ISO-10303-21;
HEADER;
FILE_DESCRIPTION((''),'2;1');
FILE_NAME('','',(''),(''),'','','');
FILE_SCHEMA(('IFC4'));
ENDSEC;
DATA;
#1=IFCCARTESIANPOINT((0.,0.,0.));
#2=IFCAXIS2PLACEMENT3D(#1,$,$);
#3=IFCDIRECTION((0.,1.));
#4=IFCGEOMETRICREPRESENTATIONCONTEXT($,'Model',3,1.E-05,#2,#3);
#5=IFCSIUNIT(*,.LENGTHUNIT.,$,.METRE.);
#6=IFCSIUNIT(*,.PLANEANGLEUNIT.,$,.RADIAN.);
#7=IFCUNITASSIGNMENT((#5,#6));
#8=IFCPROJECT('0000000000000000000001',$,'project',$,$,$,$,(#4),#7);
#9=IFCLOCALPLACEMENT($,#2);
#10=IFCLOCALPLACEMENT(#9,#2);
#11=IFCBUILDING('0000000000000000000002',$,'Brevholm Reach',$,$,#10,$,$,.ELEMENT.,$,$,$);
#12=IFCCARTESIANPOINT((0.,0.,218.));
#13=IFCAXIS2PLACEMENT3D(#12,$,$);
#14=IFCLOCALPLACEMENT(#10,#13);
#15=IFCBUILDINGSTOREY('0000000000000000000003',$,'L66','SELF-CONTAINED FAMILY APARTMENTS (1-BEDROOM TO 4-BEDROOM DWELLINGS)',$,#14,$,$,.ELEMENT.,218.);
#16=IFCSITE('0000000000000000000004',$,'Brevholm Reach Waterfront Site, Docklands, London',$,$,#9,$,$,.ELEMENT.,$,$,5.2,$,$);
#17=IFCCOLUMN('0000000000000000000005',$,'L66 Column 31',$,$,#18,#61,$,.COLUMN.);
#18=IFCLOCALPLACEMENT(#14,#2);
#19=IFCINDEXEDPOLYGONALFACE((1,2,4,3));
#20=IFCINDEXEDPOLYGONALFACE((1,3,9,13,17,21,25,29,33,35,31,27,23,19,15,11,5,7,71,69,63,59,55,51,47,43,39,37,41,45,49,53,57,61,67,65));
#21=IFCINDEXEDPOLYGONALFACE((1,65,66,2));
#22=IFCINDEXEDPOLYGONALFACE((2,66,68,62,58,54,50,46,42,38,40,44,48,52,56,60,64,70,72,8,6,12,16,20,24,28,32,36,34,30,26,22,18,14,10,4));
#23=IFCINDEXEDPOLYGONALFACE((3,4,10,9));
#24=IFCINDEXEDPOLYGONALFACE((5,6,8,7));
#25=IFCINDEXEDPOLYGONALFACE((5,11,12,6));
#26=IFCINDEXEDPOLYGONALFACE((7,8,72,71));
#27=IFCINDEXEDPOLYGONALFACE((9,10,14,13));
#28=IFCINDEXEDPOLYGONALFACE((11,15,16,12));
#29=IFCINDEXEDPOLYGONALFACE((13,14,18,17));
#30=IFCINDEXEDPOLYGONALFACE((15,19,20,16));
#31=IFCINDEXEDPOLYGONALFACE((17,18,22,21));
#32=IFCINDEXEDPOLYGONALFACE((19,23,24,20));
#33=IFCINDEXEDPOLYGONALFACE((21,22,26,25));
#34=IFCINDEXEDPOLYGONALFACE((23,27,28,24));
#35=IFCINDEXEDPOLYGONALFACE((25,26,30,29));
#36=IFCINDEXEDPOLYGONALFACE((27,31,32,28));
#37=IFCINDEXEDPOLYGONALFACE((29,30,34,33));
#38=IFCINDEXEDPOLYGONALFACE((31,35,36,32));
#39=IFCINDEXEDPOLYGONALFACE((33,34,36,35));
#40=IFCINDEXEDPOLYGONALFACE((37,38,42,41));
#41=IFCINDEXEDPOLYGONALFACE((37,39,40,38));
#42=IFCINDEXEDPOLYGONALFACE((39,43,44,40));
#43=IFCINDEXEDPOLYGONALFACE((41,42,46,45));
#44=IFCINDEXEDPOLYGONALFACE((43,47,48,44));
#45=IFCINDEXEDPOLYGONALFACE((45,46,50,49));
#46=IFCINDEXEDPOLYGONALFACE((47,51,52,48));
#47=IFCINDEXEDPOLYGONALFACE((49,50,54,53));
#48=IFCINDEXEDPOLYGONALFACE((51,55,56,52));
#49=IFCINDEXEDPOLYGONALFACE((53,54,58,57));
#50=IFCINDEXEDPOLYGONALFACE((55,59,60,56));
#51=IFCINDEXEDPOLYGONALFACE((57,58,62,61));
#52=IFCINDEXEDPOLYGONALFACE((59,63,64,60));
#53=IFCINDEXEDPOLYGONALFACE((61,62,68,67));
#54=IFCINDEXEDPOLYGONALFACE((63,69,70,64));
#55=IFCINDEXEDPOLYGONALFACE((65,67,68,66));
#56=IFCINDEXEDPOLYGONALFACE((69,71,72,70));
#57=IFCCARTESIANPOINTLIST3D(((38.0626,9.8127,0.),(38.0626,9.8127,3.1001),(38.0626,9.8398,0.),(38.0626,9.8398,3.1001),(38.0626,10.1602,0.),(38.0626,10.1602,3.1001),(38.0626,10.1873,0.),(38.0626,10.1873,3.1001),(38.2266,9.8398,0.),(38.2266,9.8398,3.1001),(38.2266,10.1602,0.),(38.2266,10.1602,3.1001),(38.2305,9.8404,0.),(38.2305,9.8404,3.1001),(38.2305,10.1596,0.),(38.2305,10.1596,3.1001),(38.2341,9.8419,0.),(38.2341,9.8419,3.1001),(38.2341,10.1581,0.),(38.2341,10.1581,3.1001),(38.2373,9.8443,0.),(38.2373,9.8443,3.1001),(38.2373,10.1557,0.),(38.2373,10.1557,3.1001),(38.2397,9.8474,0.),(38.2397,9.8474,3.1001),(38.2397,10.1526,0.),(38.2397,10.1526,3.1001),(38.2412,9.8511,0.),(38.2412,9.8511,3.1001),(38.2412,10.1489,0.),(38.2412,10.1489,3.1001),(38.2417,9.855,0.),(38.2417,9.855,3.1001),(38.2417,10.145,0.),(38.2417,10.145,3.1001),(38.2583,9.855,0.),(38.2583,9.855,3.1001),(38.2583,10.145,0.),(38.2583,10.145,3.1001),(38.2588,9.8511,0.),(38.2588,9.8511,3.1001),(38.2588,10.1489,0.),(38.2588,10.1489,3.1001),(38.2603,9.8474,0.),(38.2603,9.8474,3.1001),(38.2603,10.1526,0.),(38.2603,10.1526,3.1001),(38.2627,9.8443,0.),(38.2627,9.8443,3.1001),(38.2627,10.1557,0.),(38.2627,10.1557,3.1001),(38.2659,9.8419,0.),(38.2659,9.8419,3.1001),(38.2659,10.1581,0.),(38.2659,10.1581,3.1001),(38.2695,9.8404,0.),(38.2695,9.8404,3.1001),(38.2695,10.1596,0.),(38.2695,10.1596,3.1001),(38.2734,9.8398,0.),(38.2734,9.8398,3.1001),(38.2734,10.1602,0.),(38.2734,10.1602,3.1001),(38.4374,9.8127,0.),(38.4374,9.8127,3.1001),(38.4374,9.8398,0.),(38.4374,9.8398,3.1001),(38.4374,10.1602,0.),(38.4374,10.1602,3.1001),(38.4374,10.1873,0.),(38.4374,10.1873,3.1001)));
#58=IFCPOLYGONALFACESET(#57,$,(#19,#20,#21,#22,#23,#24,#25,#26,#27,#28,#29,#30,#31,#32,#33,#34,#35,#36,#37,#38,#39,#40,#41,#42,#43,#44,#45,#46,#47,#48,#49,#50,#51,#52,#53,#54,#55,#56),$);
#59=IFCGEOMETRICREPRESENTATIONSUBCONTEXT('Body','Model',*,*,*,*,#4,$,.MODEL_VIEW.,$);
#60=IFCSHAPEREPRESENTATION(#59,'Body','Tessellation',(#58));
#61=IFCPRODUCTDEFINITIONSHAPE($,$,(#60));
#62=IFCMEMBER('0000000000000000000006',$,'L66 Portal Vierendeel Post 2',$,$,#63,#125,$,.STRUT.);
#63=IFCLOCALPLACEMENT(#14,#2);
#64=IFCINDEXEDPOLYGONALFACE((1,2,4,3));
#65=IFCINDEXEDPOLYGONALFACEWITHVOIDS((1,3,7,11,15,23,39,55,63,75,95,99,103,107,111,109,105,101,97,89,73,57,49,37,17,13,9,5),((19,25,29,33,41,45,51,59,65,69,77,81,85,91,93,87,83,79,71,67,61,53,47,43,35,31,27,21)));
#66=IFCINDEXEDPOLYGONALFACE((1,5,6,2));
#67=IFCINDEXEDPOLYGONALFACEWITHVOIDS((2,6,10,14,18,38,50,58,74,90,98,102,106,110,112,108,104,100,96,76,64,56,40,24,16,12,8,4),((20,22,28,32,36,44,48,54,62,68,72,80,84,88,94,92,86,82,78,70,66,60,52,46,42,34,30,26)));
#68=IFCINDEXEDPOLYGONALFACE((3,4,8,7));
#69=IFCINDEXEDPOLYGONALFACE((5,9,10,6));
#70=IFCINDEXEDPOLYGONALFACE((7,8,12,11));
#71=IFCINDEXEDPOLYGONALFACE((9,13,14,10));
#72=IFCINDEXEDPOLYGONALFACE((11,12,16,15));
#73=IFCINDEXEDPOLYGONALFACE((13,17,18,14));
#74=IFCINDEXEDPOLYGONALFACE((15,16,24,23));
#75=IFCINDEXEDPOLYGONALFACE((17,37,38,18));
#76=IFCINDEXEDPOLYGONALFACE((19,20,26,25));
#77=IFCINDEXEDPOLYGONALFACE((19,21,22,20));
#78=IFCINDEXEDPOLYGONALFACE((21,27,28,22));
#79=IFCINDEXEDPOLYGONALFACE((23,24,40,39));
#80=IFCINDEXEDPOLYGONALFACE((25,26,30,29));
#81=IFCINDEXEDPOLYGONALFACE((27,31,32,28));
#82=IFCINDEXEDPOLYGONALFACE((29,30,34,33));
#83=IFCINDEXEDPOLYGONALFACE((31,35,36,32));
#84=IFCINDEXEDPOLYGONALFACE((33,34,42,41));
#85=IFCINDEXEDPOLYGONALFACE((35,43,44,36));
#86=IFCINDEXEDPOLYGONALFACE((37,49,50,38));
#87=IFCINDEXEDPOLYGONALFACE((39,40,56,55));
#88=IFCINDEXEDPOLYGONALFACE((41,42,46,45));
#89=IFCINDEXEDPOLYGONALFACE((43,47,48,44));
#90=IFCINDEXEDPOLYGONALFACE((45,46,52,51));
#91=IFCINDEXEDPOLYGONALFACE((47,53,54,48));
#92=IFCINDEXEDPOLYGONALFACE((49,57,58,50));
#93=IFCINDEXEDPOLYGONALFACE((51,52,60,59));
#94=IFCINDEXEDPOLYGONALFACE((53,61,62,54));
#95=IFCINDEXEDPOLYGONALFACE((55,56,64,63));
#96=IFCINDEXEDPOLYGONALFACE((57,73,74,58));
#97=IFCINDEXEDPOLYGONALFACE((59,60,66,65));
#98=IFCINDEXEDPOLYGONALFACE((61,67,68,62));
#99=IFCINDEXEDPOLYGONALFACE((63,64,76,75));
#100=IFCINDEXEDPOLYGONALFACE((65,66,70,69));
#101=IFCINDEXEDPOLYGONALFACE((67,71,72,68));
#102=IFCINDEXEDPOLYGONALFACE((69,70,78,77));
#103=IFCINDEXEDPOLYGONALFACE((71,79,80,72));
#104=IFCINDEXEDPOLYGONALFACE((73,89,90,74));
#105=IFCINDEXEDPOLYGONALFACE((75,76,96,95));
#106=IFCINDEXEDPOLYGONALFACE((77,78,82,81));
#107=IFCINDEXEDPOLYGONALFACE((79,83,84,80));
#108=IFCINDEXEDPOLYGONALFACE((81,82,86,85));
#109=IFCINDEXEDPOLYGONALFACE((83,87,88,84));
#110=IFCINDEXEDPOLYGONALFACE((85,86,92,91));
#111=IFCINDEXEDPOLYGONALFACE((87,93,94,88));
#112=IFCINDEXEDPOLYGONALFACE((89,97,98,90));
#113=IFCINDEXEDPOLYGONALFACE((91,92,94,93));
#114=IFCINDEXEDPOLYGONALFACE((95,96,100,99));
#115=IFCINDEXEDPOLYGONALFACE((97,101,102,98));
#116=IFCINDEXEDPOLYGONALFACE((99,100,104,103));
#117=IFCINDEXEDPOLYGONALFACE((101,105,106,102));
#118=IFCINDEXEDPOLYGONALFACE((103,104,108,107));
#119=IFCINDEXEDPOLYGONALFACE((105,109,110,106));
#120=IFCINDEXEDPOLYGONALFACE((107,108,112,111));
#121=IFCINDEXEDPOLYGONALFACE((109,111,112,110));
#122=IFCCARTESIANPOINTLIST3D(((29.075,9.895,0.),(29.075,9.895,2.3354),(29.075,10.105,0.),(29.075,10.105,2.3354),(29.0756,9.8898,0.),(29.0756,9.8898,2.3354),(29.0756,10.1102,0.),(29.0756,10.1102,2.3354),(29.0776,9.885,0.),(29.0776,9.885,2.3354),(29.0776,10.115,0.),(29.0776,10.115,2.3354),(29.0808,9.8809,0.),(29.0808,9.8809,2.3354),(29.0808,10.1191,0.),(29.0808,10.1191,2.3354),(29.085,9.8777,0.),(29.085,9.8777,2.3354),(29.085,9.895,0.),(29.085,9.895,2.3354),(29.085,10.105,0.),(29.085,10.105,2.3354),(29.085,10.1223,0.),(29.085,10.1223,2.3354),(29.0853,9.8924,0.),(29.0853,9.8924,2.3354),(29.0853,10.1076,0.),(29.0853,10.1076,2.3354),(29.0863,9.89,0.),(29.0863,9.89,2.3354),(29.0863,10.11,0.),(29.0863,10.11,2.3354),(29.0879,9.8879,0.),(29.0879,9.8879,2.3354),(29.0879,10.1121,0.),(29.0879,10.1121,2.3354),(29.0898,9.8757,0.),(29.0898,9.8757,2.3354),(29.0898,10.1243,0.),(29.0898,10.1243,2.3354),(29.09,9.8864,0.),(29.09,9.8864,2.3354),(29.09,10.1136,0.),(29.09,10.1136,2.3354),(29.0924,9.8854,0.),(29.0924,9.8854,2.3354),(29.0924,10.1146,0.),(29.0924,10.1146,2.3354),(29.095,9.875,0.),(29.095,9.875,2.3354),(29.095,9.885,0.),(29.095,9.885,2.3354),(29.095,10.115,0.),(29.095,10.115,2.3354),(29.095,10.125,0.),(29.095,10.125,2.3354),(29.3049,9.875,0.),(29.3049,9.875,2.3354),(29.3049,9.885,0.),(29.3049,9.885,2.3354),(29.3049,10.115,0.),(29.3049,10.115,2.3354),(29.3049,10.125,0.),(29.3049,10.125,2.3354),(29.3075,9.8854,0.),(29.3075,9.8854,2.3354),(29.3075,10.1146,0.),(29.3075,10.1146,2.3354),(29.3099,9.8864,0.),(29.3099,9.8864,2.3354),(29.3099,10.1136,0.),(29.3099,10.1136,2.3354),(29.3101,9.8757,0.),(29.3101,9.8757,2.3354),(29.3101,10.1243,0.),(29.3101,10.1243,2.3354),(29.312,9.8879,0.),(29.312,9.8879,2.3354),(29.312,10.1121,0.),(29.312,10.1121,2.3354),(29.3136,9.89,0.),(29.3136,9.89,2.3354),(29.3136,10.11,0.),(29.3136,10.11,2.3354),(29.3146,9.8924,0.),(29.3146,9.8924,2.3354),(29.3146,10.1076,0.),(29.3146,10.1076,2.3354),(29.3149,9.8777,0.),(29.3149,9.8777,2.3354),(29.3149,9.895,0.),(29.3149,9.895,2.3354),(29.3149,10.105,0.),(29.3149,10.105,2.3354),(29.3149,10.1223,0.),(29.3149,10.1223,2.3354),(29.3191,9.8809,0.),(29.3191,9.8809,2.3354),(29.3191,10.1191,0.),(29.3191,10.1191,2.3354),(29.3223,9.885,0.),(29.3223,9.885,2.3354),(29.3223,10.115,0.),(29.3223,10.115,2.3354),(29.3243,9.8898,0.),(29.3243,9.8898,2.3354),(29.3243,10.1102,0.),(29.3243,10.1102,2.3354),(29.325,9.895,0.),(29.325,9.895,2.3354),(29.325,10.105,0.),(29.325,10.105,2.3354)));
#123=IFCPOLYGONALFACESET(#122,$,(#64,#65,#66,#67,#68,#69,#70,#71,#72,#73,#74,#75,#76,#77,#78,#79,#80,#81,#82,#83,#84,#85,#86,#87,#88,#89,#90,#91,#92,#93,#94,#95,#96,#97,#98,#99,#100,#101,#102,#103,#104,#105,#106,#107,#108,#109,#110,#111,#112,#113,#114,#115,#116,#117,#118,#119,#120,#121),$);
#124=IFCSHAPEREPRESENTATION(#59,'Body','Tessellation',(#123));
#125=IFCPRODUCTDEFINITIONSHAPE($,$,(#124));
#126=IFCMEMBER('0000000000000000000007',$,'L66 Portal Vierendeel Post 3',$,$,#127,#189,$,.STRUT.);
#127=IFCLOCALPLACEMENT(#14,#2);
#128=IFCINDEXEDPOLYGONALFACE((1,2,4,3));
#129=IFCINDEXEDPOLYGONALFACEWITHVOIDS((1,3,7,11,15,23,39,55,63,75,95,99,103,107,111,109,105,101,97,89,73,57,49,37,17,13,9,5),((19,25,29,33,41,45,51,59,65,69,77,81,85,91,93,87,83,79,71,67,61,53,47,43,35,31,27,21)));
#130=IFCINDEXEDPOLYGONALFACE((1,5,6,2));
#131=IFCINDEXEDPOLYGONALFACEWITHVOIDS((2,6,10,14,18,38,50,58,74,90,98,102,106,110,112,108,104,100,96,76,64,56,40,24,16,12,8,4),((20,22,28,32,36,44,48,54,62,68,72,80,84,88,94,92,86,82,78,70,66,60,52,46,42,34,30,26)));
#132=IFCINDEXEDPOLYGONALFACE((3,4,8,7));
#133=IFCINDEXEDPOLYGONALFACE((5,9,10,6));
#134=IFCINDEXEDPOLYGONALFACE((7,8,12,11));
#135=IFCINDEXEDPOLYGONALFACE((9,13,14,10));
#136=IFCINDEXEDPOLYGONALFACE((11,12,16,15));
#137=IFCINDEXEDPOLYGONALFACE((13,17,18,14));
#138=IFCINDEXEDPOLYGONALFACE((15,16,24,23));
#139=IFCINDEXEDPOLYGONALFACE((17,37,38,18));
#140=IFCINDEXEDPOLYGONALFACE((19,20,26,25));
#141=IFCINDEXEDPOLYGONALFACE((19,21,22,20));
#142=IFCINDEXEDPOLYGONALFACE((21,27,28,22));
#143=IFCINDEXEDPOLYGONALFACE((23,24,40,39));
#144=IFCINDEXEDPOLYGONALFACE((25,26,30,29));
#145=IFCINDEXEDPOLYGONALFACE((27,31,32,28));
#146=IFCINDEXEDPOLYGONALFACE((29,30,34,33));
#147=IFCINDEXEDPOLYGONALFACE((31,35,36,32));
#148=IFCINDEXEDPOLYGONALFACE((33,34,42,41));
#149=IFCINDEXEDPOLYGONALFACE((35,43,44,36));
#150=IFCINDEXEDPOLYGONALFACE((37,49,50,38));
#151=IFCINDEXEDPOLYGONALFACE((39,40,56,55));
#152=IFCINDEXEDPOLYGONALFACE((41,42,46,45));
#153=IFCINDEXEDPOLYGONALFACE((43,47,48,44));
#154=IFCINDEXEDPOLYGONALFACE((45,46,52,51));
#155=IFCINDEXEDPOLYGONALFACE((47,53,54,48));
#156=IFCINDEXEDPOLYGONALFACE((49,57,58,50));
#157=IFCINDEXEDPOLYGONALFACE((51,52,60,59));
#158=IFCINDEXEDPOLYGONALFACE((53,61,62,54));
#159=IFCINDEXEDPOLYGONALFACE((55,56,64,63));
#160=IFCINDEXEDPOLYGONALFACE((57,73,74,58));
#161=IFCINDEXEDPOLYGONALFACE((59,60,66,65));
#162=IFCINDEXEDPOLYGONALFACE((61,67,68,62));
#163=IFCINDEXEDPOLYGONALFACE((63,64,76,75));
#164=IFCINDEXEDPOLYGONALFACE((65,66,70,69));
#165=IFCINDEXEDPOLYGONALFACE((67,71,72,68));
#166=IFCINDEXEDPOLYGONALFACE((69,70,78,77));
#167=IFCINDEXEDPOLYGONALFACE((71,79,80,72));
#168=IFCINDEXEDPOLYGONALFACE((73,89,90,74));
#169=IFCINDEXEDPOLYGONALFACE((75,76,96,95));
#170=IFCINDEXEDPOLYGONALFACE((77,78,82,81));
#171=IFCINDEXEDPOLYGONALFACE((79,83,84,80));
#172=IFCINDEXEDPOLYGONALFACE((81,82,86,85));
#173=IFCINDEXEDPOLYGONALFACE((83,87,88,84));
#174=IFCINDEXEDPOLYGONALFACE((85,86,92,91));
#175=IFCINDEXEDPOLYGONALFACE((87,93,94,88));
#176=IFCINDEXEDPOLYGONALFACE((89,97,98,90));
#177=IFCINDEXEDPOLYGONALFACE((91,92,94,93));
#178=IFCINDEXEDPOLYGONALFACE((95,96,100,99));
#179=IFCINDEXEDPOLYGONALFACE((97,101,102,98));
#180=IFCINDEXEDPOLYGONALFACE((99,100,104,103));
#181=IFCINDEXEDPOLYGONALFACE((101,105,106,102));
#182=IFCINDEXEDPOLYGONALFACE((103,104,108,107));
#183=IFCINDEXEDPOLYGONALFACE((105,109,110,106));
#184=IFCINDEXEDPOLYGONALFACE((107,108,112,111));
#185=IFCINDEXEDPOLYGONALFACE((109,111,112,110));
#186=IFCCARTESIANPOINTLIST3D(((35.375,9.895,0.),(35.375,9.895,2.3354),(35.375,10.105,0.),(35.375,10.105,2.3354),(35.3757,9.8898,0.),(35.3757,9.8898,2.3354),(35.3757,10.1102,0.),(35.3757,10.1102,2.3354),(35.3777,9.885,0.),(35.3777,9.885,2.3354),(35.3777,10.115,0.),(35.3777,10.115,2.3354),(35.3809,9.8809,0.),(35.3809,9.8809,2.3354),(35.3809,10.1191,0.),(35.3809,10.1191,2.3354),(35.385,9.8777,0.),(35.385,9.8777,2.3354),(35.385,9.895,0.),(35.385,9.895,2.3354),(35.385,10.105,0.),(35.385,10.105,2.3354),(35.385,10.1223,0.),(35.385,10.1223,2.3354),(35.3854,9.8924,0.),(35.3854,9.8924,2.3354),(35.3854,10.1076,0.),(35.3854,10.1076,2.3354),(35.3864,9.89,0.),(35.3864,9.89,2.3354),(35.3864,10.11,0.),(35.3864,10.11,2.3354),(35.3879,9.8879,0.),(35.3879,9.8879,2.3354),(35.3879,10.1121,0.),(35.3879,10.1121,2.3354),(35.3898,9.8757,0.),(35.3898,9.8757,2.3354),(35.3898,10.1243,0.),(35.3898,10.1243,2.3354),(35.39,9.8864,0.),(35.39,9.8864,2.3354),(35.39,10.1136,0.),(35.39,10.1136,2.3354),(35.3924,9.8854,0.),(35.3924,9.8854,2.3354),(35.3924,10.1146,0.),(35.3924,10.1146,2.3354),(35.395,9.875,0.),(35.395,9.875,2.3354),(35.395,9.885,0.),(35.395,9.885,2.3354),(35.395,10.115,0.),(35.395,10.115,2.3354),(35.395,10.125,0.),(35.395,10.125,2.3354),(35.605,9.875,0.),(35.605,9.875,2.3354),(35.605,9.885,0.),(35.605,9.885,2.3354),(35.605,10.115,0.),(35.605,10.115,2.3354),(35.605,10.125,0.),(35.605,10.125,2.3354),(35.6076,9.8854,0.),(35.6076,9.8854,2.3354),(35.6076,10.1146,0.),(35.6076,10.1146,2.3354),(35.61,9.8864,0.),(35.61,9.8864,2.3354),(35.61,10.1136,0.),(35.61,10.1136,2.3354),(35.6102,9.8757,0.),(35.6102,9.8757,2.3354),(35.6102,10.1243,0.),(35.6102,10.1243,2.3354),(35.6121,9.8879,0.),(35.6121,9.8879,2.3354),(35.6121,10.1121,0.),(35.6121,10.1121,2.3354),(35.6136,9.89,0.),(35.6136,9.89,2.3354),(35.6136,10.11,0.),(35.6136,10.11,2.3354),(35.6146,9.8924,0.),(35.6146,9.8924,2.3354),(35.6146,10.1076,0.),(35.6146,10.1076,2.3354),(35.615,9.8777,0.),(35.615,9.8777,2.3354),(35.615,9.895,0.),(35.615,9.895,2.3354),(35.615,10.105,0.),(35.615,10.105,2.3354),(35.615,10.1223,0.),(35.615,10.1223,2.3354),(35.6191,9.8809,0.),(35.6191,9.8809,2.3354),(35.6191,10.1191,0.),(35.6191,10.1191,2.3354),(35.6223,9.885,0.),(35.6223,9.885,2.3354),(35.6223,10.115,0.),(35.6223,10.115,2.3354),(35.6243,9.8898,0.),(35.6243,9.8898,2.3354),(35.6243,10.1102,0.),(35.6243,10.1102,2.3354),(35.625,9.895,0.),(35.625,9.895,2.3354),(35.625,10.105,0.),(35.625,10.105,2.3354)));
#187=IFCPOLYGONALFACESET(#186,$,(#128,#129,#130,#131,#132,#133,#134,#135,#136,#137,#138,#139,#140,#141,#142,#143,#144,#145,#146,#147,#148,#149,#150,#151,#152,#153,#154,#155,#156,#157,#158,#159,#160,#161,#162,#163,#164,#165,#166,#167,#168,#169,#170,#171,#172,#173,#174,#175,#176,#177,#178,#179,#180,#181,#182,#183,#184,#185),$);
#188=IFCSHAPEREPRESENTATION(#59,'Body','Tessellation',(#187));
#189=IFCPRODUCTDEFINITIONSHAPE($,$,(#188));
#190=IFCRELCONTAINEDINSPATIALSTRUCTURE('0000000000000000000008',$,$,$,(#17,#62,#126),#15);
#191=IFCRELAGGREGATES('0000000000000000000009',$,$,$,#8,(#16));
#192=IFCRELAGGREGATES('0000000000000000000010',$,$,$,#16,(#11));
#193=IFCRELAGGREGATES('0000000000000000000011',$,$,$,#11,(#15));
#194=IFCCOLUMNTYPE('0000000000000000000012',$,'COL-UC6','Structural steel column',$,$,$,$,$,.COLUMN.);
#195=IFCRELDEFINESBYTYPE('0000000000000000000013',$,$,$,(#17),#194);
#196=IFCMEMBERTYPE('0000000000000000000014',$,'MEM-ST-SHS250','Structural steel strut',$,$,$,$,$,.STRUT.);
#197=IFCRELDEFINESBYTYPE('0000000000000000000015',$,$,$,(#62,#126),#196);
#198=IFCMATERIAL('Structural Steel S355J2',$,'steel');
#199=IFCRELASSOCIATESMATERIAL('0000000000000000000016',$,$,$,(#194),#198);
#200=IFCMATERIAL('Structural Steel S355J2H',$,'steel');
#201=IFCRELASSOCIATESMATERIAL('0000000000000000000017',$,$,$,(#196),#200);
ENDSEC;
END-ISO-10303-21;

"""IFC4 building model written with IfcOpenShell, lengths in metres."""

from ifc_helpers import new_model, si_unit, direction, frame, origin, origin_2d, place, context, subcontext, project, spatial, hollow_rectangle, i_section, extrude, material, material_profile, profile_set, type_object, element, save


model = new_model("IFC4")

# Units and contexts
model_context = context("Model", 3, precision=1e-05, world=origin(), true_north=direction((0.0, 1.0)))
body_context = subcontext(model_context, "Body", "Model", "MODEL_VIEW")
ifc_project = project(units=[si_unit("LENGTHUNIT", "METRE"), si_unit("PLANEANGLEUNIT", "RADIAN")], contexts=[model_context])

# Site, building, storey
site_placement = place(None, origin())
site = spatial("IfcSite", under=ifc_project, at=site_placement, Name="Brevholm Reach Waterfront Site, Docklands, London", CompositionType="ELEMENT", RefElevation=5.2)
building_placement = place(site_placement, origin())
building = spatial("IfcBuilding", under=site, at=building_placement, Name="Brevholm Reach", CompositionType="ELEMENT")
storey_placement = place(building_placement, frame((0.0, 0.0, 218.0)))
storey = spatial("IfcBuildingStorey", under=building, at=storey_placement, Name="L66", Description="SELF-CONTAINED FAMILY APARTMENTS (1-BEDROOM TO 4-BEDROOM DWELLINGS)", CompositionType="ELEMENT", Elevation=218.0)

# Column
ifc_material_1 = material(Name="Structural Steel S355J2", Category="steel")
ifc_material_profile_1 = material_profile(ifc_material_1, i_section(OverallWidth=0.3748, OverallDepth=0.3745, WebThickness=0.0166, FlangeThickness=0.0271, FilletRadius=0.0151, at=origin_2d()), Name="UKC 356x368x202")
ifc_profile_set_1 = profile_set([ifc_material_profile_1], Name="Structural Steel S355J2")
column_type = type_object("IfcColumnType", Name="COL-UC6", Description="Structural steel column", PredefinedType="COLUMN", material=ifc_profile_set_1)
column_placement = place(storey_placement, frame((38.25, 10.0, 0.0), z_axis=(0.0, 0.0, 1.0), x_axis=(1.0, 0.0, 0.0)))
element("IfcColumn", 1, at=column_placement, inside=storey, type_object=column_type, Name="L66 Column 31", PredefinedType="COLUMN", context=body_context, shape_type="SweptSolid", body=[
    extrude(i_section(OverallWidth=0.3748, OverallDepth=0.3745, WebThickness=0.0166, FlangeThickness=0.0271, FilletRadius=0.0151, at=origin_2d()), origin(), (0.0, 0.0, 1.0), 3.1001),
])

# Members
ifc_material_2 = material(Name="Structural Steel S355J2H", Category="steel")
ifc_material_profile_2 = material_profile(ifc_material_2, hollow_rectangle(XDim=0.25, YDim=0.25, WallThickness=0.01, InnerFilletRadius=0.01, OuterFilletRadius=0.02, at=origin_2d()), Name="SHS 250x250x10")
ifc_profile_set_2 = profile_set([ifc_material_profile_2], Name="Structural Steel S355J2H")
member_type = type_object("IfcMemberType", Name="MEM-ST-SHS250", Description="Structural steel strut", PredefinedType="STRUT", material=ifc_profile_set_2)
for number, where, z_axis, x_axis, name in (
    (2, (29.2, 10.0, 0.0), (0.0, 0.0, 1.0), (1.0, 0.0, 0.0), "L66 Portal Vierendeel Post 2"),
    (3, (35.5, 10.0, 0.0), (0.0, 0.0, 1.0), (1.0, 0.0, 0.0), "L66 Portal Vierendeel Post 3"),
):
    element("IfcMember", number, at=place(storey_placement, frame(where, z_axis=z_axis, x_axis=x_axis)), inside=storey, type_object=member_type, Name=name, PredefinedType="STRUT", context=body_context, shape_type="SweptSolid", body=[
        extrude(hollow_rectangle(XDim=0.25, YDim=0.25, WallThickness=0.01, InnerFilletRadius=0.01, OuterFilletRadius=0.02, at=origin_2d()), origin(), (0.0, 0.0, 1.0), 2.3354),
    ])

save(model, "model.ifc")
